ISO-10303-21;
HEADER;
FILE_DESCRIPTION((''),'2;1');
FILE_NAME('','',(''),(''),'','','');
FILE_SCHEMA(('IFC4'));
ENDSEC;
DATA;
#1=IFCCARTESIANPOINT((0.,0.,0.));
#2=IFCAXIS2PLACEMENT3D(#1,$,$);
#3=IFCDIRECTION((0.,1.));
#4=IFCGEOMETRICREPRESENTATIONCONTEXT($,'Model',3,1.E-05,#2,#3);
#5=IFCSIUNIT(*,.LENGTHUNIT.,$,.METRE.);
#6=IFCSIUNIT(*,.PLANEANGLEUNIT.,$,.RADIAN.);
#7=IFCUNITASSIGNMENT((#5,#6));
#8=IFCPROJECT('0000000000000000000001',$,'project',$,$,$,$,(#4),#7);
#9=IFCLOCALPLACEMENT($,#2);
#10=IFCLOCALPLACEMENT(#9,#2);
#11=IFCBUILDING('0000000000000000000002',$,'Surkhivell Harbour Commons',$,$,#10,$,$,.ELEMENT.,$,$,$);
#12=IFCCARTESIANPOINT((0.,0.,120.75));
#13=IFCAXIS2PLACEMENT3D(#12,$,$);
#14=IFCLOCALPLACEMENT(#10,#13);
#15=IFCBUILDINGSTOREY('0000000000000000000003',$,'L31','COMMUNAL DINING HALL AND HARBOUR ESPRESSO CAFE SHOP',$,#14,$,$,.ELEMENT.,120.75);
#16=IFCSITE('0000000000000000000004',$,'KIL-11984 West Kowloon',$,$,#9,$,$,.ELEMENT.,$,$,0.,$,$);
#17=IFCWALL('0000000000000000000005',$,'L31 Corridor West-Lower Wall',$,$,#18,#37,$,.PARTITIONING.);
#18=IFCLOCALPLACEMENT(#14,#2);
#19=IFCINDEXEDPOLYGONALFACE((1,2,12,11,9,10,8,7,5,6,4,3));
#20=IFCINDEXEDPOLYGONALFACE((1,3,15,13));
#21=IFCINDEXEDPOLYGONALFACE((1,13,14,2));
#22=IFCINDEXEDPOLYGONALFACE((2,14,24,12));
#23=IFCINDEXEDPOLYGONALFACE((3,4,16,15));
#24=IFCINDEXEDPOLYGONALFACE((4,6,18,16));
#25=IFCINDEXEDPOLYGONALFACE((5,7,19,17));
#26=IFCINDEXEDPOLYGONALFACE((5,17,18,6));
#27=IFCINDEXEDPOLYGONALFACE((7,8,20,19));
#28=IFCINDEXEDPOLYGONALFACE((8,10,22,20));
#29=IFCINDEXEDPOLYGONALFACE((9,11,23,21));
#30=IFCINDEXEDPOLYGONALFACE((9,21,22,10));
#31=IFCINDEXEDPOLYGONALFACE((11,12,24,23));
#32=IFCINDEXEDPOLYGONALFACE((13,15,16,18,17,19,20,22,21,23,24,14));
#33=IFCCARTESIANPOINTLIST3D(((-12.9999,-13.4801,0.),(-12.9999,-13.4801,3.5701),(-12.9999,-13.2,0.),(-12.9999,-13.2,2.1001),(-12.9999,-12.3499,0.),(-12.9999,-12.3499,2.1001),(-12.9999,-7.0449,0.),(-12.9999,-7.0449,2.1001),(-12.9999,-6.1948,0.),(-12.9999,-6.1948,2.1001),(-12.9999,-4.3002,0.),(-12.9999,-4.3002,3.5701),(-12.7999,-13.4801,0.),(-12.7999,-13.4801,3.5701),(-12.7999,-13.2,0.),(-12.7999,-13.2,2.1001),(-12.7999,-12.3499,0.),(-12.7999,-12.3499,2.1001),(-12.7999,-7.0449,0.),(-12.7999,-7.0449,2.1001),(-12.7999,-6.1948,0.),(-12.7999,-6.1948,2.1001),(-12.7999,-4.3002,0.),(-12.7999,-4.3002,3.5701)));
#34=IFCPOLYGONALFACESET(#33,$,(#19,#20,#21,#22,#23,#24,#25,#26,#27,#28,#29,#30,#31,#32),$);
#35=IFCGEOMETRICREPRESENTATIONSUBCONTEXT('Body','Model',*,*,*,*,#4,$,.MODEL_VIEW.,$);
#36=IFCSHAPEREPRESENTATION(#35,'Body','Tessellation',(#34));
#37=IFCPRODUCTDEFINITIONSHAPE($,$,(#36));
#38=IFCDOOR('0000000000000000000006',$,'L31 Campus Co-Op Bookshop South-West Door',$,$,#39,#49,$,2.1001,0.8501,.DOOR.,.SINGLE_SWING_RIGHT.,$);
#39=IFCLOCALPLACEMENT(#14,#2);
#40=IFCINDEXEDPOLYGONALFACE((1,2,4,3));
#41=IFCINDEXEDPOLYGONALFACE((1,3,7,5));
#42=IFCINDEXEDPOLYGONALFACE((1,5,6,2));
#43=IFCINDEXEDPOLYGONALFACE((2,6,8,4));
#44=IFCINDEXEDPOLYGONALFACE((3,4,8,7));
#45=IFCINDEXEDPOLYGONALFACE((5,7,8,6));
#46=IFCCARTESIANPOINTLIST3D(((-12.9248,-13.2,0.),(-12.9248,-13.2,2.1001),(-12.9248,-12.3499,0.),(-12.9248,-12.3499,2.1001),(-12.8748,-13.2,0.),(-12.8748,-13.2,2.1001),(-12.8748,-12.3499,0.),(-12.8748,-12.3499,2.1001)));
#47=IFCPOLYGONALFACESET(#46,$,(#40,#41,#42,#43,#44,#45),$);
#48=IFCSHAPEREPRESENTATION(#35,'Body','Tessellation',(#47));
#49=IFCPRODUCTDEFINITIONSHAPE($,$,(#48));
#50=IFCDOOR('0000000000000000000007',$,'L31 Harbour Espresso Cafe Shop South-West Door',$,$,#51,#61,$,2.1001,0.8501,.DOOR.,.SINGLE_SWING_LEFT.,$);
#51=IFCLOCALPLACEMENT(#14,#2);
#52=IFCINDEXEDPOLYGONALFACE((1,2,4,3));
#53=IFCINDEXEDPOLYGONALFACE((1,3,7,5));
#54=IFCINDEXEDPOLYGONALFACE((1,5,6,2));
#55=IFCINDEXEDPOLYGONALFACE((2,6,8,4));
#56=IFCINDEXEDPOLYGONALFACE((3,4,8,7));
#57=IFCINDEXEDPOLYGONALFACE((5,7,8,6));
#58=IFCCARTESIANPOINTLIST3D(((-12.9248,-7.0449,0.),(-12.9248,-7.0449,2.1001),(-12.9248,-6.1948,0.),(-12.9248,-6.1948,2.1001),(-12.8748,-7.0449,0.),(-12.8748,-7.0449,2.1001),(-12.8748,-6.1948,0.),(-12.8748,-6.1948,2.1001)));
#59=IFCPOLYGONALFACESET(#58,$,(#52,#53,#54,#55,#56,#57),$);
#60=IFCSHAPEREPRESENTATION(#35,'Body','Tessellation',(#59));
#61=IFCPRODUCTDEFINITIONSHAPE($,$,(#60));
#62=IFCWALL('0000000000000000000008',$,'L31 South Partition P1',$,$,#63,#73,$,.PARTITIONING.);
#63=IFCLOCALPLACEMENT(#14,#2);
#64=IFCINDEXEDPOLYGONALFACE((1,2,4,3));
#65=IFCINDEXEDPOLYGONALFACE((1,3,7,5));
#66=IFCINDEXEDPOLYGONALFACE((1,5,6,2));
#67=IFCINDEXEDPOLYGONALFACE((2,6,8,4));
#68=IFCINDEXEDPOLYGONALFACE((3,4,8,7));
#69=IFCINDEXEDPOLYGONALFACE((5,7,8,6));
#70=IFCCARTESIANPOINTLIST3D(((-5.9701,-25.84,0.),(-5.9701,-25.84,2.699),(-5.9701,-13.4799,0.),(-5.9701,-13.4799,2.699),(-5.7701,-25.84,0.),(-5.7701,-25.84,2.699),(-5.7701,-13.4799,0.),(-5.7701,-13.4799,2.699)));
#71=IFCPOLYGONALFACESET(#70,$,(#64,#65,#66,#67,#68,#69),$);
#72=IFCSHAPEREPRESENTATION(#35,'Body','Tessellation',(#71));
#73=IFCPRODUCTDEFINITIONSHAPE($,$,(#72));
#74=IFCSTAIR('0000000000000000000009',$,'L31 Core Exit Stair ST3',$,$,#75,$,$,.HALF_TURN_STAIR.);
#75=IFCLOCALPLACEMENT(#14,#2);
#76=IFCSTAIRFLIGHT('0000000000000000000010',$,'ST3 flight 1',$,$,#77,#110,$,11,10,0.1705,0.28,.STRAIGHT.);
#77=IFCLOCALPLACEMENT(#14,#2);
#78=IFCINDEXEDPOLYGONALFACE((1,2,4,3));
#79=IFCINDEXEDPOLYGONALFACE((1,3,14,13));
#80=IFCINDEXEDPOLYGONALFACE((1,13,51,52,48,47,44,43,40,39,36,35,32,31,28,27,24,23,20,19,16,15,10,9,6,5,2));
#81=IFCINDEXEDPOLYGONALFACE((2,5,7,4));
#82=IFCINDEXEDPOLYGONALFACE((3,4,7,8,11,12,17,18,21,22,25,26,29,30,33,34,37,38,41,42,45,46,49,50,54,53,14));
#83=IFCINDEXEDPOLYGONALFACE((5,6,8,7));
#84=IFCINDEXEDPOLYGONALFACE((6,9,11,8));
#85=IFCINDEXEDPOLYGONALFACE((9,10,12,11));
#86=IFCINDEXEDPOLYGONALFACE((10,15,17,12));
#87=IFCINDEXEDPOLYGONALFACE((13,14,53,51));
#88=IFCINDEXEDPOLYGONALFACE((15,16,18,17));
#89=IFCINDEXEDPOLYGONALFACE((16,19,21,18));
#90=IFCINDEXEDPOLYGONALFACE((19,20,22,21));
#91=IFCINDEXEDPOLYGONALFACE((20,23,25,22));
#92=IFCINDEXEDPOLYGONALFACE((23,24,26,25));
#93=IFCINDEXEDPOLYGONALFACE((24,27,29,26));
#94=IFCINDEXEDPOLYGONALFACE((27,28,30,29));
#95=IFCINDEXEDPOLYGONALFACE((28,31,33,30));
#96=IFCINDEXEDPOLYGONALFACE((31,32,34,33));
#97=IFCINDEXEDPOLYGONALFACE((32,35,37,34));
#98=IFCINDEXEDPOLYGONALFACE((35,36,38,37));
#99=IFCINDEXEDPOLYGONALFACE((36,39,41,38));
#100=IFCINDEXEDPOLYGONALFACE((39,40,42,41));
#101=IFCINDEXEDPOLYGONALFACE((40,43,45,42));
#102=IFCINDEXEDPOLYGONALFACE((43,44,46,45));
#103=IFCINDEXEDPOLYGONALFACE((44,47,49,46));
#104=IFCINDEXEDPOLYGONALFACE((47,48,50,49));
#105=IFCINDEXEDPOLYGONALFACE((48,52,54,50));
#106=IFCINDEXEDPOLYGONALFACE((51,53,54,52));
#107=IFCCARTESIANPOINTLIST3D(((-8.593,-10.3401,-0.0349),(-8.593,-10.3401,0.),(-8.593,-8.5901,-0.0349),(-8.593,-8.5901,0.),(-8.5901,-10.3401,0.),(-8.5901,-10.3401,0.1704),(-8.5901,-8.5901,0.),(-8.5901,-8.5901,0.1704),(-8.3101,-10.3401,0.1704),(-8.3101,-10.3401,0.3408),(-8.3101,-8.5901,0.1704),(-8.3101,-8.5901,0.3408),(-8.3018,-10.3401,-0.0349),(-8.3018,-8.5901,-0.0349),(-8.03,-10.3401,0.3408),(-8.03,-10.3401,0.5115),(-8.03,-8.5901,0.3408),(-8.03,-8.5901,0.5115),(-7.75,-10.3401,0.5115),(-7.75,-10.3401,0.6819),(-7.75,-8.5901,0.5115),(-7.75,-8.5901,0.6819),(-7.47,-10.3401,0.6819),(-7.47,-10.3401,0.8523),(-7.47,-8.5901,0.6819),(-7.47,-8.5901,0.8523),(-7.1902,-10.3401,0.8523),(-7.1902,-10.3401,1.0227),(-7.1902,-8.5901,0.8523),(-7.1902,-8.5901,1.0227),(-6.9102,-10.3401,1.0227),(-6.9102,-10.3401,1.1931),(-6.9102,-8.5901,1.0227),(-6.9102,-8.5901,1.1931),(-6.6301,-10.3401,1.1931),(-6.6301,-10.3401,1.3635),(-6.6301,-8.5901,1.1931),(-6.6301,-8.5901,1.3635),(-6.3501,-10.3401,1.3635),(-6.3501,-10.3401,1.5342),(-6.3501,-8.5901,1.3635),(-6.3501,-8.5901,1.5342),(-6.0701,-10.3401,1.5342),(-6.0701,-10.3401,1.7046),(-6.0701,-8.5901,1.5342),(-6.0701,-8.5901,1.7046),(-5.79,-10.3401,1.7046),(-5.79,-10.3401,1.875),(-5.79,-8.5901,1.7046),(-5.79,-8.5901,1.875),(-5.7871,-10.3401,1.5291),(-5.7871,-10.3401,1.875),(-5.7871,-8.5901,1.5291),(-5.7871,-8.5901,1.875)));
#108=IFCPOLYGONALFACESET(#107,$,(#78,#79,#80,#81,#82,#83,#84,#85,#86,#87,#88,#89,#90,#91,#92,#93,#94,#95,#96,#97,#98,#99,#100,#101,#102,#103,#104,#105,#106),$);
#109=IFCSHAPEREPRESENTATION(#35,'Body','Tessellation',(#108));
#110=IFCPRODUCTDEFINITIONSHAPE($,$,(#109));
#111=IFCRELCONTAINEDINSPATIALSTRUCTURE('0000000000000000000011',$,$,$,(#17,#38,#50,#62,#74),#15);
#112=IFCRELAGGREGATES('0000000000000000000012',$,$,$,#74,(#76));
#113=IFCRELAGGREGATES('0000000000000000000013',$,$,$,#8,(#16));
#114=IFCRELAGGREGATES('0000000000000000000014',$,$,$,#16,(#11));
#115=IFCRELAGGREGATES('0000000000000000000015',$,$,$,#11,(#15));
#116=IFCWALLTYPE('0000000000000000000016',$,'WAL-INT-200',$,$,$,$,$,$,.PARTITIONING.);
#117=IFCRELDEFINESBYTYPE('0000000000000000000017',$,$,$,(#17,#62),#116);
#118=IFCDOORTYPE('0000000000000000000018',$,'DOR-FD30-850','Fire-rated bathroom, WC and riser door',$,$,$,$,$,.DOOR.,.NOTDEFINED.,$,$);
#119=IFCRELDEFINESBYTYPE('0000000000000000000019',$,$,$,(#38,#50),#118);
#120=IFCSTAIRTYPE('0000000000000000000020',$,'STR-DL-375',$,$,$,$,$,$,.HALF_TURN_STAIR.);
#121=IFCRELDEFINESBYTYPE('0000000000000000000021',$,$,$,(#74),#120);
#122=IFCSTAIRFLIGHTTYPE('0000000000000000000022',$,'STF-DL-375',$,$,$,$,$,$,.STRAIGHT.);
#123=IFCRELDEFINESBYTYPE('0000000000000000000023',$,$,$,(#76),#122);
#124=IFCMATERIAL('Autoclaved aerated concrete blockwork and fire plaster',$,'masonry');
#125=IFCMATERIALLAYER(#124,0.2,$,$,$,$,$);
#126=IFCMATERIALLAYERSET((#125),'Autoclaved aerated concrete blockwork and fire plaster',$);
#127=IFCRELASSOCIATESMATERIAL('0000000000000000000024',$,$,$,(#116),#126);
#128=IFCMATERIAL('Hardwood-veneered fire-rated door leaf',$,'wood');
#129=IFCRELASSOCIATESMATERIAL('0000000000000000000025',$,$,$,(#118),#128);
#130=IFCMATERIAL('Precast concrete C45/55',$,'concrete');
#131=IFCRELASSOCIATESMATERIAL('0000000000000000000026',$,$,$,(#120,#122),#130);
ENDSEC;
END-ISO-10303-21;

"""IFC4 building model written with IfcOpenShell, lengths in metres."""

from ifc_helpers import new_model, si_unit, direction, frame, frame_2d, origin, place, context, subcontext, project, spatial, polyline, rectangle, outline, extrude, material, layer, layer_set, type_object, element, fill, aggregate, save


model = new_model("IFC4")

# Units and contexts
model_context = context("Model", 3, precision=1e-05, world=origin(), true_north=direction((0.0, 1.0)))
body_context = subcontext(model_context, "Body", "Model", "MODEL_VIEW")
ifc_project = project(units=[si_unit("LENGTHUNIT", "METRE"), si_unit("PLANEANGLEUNIT", "RADIAN")], contexts=[model_context])

# Site, building, storey
site_placement = place(None, origin())
site = spatial("IfcSite", under=ifc_project, at=site_placement, Name="KIL-11984 West Kowloon", CompositionType="ELEMENT", RefElevation=0.0)
building_placement = place(site_placement, origin())
building = spatial("IfcBuilding", under=site, at=building_placement, Name="Surkhivell Harbour Commons", CompositionType="ELEMENT")
storey_placement = place(building_placement, frame((0.0, 0.0, 120.75)))
storey = spatial("IfcBuildingStorey", under=building, at=storey_placement, Name="L31", Description="COMMUNAL DINING HALL AND HARBOUR ESPRESSO CAFE SHOP", CompositionType="ELEMENT", Elevation=120.75)

# Shared definitions
ifc_material_1 = material(Name="Autoclaved aerated concrete blockwork and fire plaster", Category="masonry")
ifc_layer_1 = layer(ifc_material_1, 0.2)
ifc_layer_set_1 = layer_set([ifc_layer_1], Name="Autoclaved aerated concrete blockwork and fire plaster")
wall_type_1 = type_object("IfcWallType", Name="WAL-INT-200", PredefinedType="PARTITIONING", material=ifc_layer_set_1)

# Wall, openings, doors
ifc_material_2 = material(Name="Hardwood-veneered fire-rated door leaf", Category="wood")
door_type = type_object("IfcDoorType", Name="DOR-FD30-850", Description="Fire-rated bathroom, WC and riser door", OperationType="NOTDEFINED", PredefinedType="DOOR", material=ifc_material_2)
wall_1_placement = place(storey_placement, frame((-12.8999, -13.48, 0.0), z_axis=(0.0, 0.0, 1.0), x_axis=(0.0, 1.0, 0.0)))
wall_1 = element("IfcWall", 1, at=wall_1_placement, inside=storey, type_object=wall_type_1, Name="L31 Corridor West-Lower Wall", PredefinedType="PARTITIONING", context=body_context, shape_type="SweptSolid", body=[
    extrude(rectangle(XDim=9.1799, YDim=0.2, at=frame_2d((4.5898, 0.0))), origin(), (0.0, 0.0, 1.0), 3.5701),
])
opening_1_placement = place(wall_1_placement, frame((0.28, 0.0, 0.0)))
opening_1 = element("IfcOpeningElement", 2, at=opening_1_placement, cuts=wall_1, PredefinedType="OPENING", context=body_context, shape_type="SweptSolid", body=[
    extrude(rectangle(XDim=0.8501, YDim=2.1001, at=frame_2d((0.425, 1.05))), frame((0.0, 0.1099, 0.0), z_axis=(0.0, -1.0, 0.0), x_axis=(1.0, 0.0, 0.0)), (0.0, 0.0, 1.0), 0.22),
])
opening_2_placement = place(wall_1_placement, frame((6.4351, 0.0, 0.0)))
opening_2 = element("IfcOpeningElement", 3, at=opening_2_placement, cuts=wall_1, PredefinedType="OPENING", context=body_context, shape_type="SweptSolid", body=[
    extrude(rectangle(XDim=0.8501, YDim=2.1001, at=frame_2d((0.425, 1.05))), frame((0.0, 0.1099, 0.0), z_axis=(0.0, -1.0, 0.0), x_axis=(1.0, 0.0, 0.0)), (0.0, 0.0, 1.0), 0.22),
])
door_1_placement = place(opening_1_placement, origin())
door_1 = element("IfcDoor", 4, at=door_1_placement, inside=storey, type_object=door_type, Name="L31 Campus Co-Op Bookshop South-West Door", OperationType="SINGLE_SWING_RIGHT", OverallHeight=2.1001, OverallWidth=0.8501, PredefinedType="DOOR", context=body_context, shape_type="SweptSolid", body=[
    extrude(rectangle(XDim=0.8501, YDim=2.1001, at=frame_2d((0.425, 1.05))), frame((0.0, 0.0249, 0.0), z_axis=(0.0, -1.0, 0.0), x_axis=(1.0, 0.0, 0.0)), (0.0, 0.0, 1.0), 0.05),
])
fill(opening_1, door_1)
door_2_placement = place(opening_2_placement, origin())
door_2 = element("IfcDoor", 5, at=door_2_placement, inside=storey, type_object=door_type, Name="L31 Harbour Espresso Cafe Shop South-West Door", OperationType="SINGLE_SWING_LEFT", OverallHeight=2.1001, OverallWidth=0.8501, PredefinedType="DOOR", context=body_context, shape_type="SweptSolid", body=[
    extrude(rectangle(XDim=0.8501, YDim=2.1001, at=frame_2d((0.425, 1.05))), frame((0.0, 0.0249, 0.0), z_axis=(0.0, -1.0, 0.0), x_axis=(1.0, 0.0, 0.0)), (0.0, 0.0, 1.0), 0.05),
])
fill(opening_2, door_2)

# Wall
wall_2_placement = place(storey_placement, frame((-5.8701, -25.8401, 0.0), z_axis=(0.0, 0.0, 1.0), x_axis=(0.0, 1.0, 0.0)))
element("IfcWall", 6, at=wall_2_placement, inside=storey, type_object=wall_type_1, Name="L31 South Partition P1", PredefinedType="PARTITIONING", context=body_context, shape_type="SweptSolid", body=[
    extrude(rectangle(XDim=12.3601, YDim=0.2, at=frame_2d((6.1802, 0.0))), origin(), (0.0, 0.0, 1.0), 2.699),
])

# Stair, stair flight
ifc_material_3 = material(Name="Precast concrete C45/55", Category="concrete")
stair_type = type_object("IfcStairType", Name="STR-DL-375", PredefinedType="HALF_TURN_STAIR", material=ifc_material_3)
stair_placement = place(storey_placement, origin())
stair = element("IfcStair", 7, at=stair_placement, inside=storey, type_object=stair_type, Name="L31 Core Exit Stair ST3", PredefinedType="HALF_TURN_STAIR")
stair_flight_type = type_object("IfcStairFlightType", Name="STF-DL-375", PredefinedType="STRAIGHT", material=ifc_material_3)
stair_flight_placement = place(storey_placement, frame((-8.5901, -9.4651, 0.0), z_axis=(0.0, 0.0, 1.0), x_axis=(1.0, 0.0, 0.0)))
stair_flight = element("IfcStairFlight", 8, at=stair_flight_placement, type_object=stair_flight_type, Name="ST3 flight 1", NumberOfRisers=11, NumberOfTreads=10, PredefinedType="STRAIGHT", RiserHeight=0.1705, TreadLength=0.28, context=body_context, shape_type="SweptSolid", body=[
    extrude(outline(polyline([(-0.0029, -0.0349), (-0.0029, 0.0), (0.0, 0.0), (0.0, 0.1704), (0.28, 0.1704), (0.28, 0.3408), (0.5601, 0.3408), (0.5601, 0.5115), (0.8401, 0.5115), (0.8401, 0.6819), (1.1201, 0.6819), (1.1201, 0.8523), (1.3999, 0.8523), (1.3999, 1.0227), (1.6799, 1.0227), (1.6799, 1.1931), (1.96, 1.1931), (1.96, 1.3635), (2.24, 1.3635), (2.24, 1.5342), (2.52, 1.5342), (2.52, 1.7046), (2.8, 1.7046), (2.8, 1.875), (2.803, 1.875), (2.803, 1.5291), (0.2883, -0.0349), (-0.0029, -0.0349)])), frame((0.0, 0.875, 0.0), z_axis=(0.0, -1.0, 0.0), x_axis=(1.0, 0.0, 0.0)), (0.0, 0.0, 1.0), 1.75),
])
aggregate(stair, [stair_flight])

save(model, "model.ifc")
